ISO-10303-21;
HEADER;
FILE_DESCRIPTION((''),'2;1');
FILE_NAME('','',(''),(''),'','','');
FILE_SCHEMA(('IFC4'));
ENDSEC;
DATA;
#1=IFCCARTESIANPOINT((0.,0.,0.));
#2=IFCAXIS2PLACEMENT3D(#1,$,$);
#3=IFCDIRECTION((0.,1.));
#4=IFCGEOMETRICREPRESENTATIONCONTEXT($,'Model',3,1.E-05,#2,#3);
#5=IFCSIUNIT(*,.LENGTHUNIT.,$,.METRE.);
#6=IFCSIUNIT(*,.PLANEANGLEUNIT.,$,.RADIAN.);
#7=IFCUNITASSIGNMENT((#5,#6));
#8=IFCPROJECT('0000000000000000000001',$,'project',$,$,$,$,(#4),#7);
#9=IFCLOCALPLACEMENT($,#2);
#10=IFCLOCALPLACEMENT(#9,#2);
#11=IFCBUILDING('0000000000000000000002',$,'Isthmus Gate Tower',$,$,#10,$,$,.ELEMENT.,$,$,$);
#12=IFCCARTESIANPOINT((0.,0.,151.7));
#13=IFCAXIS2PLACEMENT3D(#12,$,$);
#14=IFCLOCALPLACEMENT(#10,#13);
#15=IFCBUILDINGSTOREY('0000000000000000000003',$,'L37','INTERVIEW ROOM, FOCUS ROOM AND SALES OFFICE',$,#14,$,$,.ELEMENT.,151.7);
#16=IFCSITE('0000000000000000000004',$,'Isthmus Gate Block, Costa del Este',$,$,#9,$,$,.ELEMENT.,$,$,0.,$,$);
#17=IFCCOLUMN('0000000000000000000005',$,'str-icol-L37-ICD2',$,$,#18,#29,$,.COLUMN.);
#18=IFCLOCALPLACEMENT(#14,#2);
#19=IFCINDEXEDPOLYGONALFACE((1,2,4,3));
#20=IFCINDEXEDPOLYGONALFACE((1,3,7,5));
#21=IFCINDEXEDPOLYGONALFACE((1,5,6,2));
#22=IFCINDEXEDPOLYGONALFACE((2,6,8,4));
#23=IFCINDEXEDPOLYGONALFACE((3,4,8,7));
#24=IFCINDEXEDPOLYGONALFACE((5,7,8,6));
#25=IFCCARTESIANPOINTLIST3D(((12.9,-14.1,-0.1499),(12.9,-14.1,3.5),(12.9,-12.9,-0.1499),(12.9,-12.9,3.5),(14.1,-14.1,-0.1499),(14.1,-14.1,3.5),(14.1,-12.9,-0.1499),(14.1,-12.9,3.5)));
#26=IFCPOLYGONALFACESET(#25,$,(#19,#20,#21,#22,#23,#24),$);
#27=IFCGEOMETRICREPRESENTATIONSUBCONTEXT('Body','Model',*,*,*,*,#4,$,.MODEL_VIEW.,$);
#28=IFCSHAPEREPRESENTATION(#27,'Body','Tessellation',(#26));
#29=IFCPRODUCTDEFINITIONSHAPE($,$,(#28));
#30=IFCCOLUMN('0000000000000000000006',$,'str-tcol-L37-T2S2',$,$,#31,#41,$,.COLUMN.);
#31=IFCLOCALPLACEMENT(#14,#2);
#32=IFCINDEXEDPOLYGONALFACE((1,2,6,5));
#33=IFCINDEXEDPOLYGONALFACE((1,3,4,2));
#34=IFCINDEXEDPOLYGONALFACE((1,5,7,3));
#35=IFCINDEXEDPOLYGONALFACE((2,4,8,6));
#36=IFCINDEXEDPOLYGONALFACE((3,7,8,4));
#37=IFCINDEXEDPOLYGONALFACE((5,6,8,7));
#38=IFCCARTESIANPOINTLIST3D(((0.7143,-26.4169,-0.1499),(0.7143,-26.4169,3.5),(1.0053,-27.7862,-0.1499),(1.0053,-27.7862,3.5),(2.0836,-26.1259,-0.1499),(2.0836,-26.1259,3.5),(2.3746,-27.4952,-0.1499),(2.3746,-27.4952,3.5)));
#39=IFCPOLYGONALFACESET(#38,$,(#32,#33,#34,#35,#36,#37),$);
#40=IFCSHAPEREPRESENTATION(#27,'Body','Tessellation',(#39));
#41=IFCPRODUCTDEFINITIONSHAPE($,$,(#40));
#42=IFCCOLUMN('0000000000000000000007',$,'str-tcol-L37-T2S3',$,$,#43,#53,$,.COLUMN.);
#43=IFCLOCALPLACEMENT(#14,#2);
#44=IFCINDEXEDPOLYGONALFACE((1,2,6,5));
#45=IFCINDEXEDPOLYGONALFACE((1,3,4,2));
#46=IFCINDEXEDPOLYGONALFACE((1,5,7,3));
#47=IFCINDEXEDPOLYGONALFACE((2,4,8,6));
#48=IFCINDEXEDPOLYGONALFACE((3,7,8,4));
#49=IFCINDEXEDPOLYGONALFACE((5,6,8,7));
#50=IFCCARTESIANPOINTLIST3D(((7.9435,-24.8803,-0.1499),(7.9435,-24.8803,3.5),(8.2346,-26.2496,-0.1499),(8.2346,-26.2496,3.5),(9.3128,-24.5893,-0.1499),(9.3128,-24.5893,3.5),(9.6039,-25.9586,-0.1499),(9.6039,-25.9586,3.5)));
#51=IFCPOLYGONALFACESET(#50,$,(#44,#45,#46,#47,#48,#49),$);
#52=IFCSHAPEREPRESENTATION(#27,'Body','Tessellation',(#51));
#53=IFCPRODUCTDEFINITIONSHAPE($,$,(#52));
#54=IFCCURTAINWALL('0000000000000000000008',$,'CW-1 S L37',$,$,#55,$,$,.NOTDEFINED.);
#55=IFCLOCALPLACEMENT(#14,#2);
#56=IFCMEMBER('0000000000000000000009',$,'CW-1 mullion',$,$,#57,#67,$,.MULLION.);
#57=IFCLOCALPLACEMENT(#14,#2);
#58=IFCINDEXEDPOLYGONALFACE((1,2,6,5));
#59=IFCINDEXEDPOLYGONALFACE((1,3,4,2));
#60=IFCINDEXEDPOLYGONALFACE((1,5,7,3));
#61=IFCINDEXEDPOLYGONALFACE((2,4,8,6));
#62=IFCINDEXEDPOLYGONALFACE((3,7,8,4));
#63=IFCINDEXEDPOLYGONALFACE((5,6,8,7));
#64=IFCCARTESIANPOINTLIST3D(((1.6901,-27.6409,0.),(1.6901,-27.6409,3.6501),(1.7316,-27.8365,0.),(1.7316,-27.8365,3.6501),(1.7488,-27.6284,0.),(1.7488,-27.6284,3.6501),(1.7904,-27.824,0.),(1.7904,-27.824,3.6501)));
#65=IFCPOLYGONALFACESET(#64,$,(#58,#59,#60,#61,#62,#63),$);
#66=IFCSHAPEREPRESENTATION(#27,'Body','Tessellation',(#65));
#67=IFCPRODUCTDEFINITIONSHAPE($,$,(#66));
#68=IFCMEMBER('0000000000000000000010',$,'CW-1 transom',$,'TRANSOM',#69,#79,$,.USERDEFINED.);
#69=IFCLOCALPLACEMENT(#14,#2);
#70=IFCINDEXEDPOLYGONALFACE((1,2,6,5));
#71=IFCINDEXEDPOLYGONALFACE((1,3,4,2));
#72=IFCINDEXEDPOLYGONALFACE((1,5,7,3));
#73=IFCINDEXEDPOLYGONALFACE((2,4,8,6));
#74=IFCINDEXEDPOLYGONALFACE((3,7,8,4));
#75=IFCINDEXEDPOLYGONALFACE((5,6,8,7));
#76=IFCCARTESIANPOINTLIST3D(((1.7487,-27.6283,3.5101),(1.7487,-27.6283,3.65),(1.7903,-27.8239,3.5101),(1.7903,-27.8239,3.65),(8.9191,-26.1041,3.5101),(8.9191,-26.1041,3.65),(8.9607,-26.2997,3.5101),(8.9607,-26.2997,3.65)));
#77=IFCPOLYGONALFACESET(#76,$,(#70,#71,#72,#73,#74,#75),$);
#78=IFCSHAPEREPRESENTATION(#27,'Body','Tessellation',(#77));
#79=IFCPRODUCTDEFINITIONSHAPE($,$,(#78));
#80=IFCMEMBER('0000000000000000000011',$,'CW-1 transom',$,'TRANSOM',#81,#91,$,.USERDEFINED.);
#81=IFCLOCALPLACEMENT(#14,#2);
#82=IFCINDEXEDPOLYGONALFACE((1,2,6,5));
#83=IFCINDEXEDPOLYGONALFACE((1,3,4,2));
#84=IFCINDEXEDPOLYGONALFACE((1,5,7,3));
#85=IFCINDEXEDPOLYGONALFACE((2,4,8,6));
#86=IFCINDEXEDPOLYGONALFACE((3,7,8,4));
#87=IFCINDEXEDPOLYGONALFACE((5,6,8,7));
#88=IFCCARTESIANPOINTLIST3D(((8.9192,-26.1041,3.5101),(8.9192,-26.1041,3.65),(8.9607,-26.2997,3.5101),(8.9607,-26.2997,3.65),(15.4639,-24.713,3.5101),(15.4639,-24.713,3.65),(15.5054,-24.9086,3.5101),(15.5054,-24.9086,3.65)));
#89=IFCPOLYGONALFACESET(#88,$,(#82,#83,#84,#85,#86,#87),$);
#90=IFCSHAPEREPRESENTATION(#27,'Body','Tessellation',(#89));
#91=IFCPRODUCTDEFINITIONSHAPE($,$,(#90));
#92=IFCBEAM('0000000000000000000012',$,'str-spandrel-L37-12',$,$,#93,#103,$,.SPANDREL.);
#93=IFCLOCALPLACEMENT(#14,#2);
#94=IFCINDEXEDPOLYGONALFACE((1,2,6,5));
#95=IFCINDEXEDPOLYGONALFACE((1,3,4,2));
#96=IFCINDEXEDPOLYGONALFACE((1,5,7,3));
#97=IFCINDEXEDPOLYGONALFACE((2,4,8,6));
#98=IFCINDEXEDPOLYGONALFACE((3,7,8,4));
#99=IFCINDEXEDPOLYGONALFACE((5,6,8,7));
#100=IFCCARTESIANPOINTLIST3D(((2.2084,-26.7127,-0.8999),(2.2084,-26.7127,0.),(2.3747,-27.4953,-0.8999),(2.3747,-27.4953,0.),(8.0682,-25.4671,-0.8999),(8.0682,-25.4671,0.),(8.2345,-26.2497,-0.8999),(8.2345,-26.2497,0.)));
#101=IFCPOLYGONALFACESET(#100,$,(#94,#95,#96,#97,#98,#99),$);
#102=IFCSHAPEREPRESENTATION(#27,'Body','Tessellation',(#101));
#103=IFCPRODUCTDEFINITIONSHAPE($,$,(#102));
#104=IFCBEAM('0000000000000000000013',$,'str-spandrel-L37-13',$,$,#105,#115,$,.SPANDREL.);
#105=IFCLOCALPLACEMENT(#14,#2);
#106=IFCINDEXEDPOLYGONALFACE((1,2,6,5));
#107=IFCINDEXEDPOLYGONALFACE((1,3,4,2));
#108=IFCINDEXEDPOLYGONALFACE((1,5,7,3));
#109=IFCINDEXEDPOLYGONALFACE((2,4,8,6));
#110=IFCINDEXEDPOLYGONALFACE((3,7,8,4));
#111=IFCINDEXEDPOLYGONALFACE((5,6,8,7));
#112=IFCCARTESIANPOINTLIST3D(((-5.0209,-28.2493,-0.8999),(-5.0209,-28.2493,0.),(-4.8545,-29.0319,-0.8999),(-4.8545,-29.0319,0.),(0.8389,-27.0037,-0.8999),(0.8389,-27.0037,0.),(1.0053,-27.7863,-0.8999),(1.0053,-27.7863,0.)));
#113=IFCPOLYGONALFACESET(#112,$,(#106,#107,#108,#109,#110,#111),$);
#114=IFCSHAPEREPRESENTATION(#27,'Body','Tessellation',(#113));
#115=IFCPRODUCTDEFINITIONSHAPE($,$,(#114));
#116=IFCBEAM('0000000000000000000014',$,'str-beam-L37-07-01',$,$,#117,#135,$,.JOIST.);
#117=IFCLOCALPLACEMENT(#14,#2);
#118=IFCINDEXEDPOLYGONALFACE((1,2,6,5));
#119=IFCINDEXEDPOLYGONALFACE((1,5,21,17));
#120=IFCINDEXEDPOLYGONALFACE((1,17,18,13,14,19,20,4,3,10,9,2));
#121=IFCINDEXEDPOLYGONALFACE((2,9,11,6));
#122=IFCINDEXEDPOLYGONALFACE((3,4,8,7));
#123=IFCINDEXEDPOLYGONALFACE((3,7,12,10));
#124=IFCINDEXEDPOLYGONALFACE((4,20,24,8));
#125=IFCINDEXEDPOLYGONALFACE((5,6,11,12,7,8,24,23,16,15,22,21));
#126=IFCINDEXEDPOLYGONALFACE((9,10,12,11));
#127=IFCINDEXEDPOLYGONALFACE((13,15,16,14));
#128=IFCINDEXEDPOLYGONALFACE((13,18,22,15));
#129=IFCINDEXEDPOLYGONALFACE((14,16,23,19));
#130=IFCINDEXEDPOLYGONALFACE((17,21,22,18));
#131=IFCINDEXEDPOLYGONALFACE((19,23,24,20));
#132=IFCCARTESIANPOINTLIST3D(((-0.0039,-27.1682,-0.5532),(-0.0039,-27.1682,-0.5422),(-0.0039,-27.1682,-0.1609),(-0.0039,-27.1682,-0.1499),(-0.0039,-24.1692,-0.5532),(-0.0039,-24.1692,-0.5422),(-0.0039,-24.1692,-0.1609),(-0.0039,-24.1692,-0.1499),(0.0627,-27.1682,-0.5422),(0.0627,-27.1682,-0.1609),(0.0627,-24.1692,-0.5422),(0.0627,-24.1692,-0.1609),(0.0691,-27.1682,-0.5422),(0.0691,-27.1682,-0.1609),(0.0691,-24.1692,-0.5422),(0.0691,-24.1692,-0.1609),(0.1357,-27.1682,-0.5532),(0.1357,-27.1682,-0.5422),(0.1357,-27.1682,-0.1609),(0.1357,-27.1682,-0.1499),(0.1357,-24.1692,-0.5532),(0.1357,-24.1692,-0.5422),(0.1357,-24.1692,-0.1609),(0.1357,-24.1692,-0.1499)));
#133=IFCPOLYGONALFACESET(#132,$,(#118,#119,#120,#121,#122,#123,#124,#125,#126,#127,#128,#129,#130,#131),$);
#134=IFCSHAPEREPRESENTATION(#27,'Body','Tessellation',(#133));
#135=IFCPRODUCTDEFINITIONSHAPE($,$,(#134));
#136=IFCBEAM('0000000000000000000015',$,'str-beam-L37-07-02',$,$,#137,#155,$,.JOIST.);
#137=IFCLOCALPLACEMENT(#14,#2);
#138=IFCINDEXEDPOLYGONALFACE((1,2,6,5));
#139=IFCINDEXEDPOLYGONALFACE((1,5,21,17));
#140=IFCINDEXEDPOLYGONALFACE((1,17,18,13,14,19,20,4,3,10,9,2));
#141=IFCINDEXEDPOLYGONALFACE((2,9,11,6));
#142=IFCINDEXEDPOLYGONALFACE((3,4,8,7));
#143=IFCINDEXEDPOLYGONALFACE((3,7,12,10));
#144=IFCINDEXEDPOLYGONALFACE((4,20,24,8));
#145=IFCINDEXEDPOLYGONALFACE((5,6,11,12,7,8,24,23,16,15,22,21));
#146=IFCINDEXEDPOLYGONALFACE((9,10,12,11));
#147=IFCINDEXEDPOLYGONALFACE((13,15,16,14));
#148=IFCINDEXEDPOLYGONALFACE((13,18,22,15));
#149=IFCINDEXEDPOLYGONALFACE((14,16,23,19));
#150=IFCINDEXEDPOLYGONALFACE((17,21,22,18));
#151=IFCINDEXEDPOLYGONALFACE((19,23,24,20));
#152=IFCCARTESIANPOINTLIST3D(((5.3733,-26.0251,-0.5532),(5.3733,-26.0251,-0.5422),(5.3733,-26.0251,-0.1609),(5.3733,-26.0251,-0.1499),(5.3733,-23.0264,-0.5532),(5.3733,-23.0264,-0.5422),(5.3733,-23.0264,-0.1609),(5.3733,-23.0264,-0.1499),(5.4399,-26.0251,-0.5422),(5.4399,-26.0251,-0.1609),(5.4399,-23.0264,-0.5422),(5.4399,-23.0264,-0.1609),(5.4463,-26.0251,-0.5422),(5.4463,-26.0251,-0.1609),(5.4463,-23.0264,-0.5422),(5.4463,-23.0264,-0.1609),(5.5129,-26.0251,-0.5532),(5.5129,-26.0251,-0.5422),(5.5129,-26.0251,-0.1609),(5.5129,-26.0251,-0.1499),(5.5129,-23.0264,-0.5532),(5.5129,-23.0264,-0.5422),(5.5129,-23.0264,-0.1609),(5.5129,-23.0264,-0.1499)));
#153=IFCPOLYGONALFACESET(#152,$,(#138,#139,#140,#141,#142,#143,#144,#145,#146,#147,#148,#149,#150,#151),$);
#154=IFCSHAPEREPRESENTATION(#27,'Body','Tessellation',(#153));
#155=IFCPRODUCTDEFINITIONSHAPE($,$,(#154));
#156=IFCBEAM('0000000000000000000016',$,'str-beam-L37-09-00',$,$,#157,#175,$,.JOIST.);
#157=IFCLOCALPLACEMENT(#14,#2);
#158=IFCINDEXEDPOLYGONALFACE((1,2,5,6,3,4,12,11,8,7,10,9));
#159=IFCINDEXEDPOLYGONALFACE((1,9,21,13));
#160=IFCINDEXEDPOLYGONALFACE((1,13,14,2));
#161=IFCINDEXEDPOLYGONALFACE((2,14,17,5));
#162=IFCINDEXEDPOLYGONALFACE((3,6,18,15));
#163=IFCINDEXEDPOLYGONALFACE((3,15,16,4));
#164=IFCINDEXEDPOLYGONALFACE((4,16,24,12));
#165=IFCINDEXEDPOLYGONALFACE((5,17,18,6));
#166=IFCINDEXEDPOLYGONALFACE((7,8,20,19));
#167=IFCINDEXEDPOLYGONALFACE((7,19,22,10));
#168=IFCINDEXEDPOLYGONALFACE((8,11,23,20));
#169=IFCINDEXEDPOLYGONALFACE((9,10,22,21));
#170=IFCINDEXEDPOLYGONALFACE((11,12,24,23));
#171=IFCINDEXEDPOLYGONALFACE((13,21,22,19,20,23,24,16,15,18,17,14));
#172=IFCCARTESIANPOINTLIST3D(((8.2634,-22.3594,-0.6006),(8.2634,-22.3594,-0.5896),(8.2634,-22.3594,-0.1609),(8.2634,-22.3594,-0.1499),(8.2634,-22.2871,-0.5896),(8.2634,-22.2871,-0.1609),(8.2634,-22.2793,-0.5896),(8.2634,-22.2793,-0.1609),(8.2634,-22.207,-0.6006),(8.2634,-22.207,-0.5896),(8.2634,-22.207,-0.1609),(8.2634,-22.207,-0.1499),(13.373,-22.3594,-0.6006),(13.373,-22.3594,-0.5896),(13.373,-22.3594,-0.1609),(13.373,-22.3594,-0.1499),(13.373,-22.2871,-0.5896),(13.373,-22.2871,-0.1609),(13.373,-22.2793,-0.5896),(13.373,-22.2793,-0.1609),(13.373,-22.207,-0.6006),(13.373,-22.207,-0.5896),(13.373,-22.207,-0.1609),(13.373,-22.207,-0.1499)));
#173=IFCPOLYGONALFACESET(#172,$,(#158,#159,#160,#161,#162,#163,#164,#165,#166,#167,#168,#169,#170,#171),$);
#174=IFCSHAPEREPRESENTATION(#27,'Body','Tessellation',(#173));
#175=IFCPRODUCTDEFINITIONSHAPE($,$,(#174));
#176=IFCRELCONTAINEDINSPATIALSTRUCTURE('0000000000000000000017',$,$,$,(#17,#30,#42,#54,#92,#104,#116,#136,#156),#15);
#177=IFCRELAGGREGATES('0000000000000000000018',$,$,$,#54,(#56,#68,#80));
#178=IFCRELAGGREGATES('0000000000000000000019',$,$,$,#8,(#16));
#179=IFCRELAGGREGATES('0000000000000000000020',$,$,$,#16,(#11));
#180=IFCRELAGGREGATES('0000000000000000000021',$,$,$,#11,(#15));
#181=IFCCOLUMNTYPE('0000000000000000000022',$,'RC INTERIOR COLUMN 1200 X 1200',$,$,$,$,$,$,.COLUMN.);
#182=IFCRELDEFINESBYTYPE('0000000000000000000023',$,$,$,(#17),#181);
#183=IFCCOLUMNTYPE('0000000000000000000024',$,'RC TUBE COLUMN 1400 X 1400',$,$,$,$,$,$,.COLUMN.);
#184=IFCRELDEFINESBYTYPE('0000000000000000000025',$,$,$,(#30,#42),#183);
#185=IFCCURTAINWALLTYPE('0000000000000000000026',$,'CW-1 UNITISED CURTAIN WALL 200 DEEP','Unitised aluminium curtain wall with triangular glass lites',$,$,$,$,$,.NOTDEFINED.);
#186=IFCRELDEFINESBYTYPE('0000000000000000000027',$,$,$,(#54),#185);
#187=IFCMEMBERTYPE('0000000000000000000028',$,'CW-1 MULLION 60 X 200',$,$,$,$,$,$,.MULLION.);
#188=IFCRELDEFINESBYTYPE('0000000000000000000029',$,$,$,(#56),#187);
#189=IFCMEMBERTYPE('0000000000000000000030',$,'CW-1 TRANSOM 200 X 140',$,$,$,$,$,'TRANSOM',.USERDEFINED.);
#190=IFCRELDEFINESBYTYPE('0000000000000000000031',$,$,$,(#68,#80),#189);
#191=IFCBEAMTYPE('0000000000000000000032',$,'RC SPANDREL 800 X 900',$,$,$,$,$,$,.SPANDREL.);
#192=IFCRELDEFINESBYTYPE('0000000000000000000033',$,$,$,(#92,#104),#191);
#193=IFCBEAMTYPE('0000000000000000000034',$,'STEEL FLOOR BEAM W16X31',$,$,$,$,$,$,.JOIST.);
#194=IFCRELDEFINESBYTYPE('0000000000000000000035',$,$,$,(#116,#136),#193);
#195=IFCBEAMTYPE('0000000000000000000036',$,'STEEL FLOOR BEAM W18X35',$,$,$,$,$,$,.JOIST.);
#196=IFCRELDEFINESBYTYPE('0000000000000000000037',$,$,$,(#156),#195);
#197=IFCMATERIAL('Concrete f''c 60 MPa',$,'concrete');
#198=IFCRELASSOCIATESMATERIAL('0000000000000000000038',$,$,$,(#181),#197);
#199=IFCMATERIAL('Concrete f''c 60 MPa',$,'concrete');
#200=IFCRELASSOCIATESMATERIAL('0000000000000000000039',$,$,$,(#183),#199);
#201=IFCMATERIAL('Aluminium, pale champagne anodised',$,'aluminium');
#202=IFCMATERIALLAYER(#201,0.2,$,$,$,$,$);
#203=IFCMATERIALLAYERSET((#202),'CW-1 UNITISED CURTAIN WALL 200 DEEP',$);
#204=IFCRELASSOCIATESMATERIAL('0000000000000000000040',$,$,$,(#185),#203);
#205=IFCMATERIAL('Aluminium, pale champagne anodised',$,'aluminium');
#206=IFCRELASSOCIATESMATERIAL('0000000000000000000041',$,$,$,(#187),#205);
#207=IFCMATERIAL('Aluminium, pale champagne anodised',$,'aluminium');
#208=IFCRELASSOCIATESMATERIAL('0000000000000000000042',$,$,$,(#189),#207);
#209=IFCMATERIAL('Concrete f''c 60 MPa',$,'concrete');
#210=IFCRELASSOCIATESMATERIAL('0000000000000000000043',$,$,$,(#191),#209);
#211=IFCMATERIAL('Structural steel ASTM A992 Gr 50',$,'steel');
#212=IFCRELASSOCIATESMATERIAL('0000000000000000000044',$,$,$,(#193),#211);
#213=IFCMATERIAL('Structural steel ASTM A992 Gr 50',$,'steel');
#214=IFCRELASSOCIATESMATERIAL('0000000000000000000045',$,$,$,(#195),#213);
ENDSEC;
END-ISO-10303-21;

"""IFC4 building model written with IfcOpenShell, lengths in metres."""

from ifc_helpers import new_model, si_unit, direction, frame, origin, origin_2d, place, context, subcontext, project, spatial, rectangle, i_section, extrude, material, layer, layer_set, material_profile, profile_set, type_object, element, aggregate, save


model = new_model("IFC4")

# Units and contexts
model_context = context("Model", 3, precision=1e-05, world=origin(), true_north=direction((0.0, 1.0)))
body_context = subcontext(model_context, "Body", "Model", "MODEL_VIEW")
ifc_project = project(units=[si_unit("LENGTHUNIT", "METRE"), si_unit("PLANEANGLEUNIT", "RADIAN")], contexts=[model_context])

# Site, building, storey
site_placement = place(None, origin())
site = spatial("IfcSite", under=ifc_project, at=site_placement, Name="Isthmus Gate Block, Costa del Este", CompositionType="ELEMENT", RefElevation=0.0)
building_placement = place(site_placement, origin())
building = spatial("IfcBuilding", under=site, at=building_placement, Name="Isthmus Gate Tower", CompositionType="ELEMENT")
storey_placement = place(building_placement, frame((0.0, 0.0, 151.7)))
storey = spatial("IfcBuildingStorey", under=building, at=storey_placement, Name="L37", Description="INTERVIEW ROOM, FOCUS ROOM AND SALES OFFICE", CompositionType="ELEMENT", Elevation=151.7)

# Columns
ifc_material_1 = material(Name="Concrete f'c 60 MPa", Category="concrete")
ifc_material_profile_1 = material_profile(ifc_material_1, rectangle(XDim=1.2, YDim=1.2, at=origin_2d()), Name="RC 1200X1200")
ifc_profile_set_1 = profile_set([ifc_material_profile_1], Name="Concrete f'c 60 MPa")
column_type_1 = type_object("IfcColumnType", Name="RC INTERIOR COLUMN 1200 X 1200", PredefinedType="COLUMN", material=ifc_profile_set_1)
column_placement = place(storey_placement, frame((13.5, -13.5, -0.1499), z_axis=(0.0, 0.0, 1.0), x_axis=(1.0, 0.0, 0.0)))
element("IfcColumn", 1, at=column_placement, inside=storey, type_object=column_type_1, Name="str-icol-L37-ICD2", PredefinedType="COLUMN", context=body_context, shape_type="SweptSolid", body=[
    extrude(rectangle(XDim=1.2, YDim=1.2, at=origin_2d()), origin(), (0.0, 0.0, 1.0), 3.6499),
])
ifc_material_2 = material(Name="Concrete f'c 60 MPa", Category="concrete")
ifc_material_profile_2 = material_profile(ifc_material_2, rectangle(XDim=1.3999, YDim=1.3999, at=origin_2d()), Name="RC 1400X1400")
ifc_profile_set_2 = profile_set([ifc_material_profile_2], Name="Concrete f'c 60 MPa")
column_type_2 = type_object("IfcColumnType", Name="RC TUBE COLUMN 1400 X 1400", PredefinedType="COLUMN", material=ifc_profile_set_2)
for number, where, z_axis, x_axis, name in (
    (2, (1.5444, -26.9561, -0.1499), (0.0, 0.0, 1.0), (0.978148, 0.207912, 0.0), "str-tcol-L37-T2S2"),
    (3, (8.7737, -25.4194, -0.1499), (0.0, 0.0, 1.0), (0.978148, 0.207912, 0.0), "str-tcol-L37-T2S3"),
):
    element("IfcColumn", number, at=place(storey_placement, frame(where, z_axis=z_axis, x_axis=x_axis)), inside=storey, type_object=column_type_2, Name=name, PredefinedType="COLUMN", context=body_context, shape_type="SweptSolid", body=[
        extrude(rectangle(XDim=1.3999, YDim=1.3999, at=origin_2d()), origin(), (0.0, 0.0, 1.0), 3.6499),
    ])

# Curtain wall, members
ifc_material_3 = material(Name="Aluminium, pale champagne anodised", Category="aluminium")
ifc_layer_1 = layer(ifc_material_3, 0.2)
ifc_layer_set_1 = layer_set([ifc_layer_1], Name="CW-1 UNITISED CURTAIN WALL 200 DEEP")
curtain_wall_type = type_object("IfcCurtainWallType", Name="CW-1 UNITISED CURTAIN WALL 200 DEEP", Description="Unitised aluminium curtain wall with triangular glass lites", PredefinedType="NOTDEFINED", material=ifc_layer_set_1)
curtain_wall_placement = place(storey_placement, origin())
curtain_wall = element("IfcCurtainWall", 4, at=curtain_wall_placement, inside=storey, type_object=curtain_wall_type, Name="CW-1 S L37", PredefinedType="NOTDEFINED")
ifc_material_4 = material(Name="Aluminium, pale champagne anodised", Category="aluminium")
ifc_material_profile_3 = material_profile(ifc_material_4, rectangle(XDim=0.0601, YDim=0.2, at=origin_2d()), Name="60x200")
ifc_profile_set_3 = profile_set([ifc_material_profile_3], Name="Aluminium, pale champagne anodised")
member_type_1 = type_object("IfcMemberType", Name="CW-1 MULLION 60 X 200", PredefinedType="MULLION", material=ifc_profile_set_3)
member_1_placement = place(storey_placement, frame((1.7402, -27.7324, 0.0), z_axis=(0.0, 0.0, 1.0), x_axis=(0.978148, 0.207912, 0.0)))
member_1 = element("IfcMember", 5, at=member_1_placement, type_object=member_type_1, Name="CW-1 mullion", PredefinedType="MULLION", context=body_context, shape_type="SweptSolid", body=[
    extrude(rectangle(XDim=0.0601, YDim=0.2, at=origin_2d()), origin(), (0.0, 0.0, 1.0), 3.6501),
])
ifc_material_5 = material(Name="Aluminium, pale champagne anodised", Category="aluminium")
ifc_material_profile_4 = material_profile(ifc_material_5, rectangle(XDim=0.2, YDim=0.1399, at=origin_2d()), Name="200x140")
ifc_profile_set_4 = profile_set([ifc_material_profile_4], Name="Aluminium, pale champagne anodised")
member_type_2 = type_object("IfcMemberType", Name="CW-1 TRANSOM 200 X 140", ElementType="TRANSOM", PredefinedType="USERDEFINED", material=ifc_profile_set_4)
member_2_placement = place(storey_placement, frame((1.7695, -27.7261, 3.5801), z_axis=(0.978146, 0.207919, 0.0), x_axis=(-0.207919, 0.978146, 0.0)))
member_2 = element("IfcMember", 6, at=member_2_placement, type_object=member_type_2, Name="CW-1 transom", ObjectType="TRANSOM", PredefinedType="USERDEFINED", context=body_context, shape_type="SweptSolid", body=[
    extrude(rectangle(XDim=0.2, YDim=0.1399, at=origin_2d()), origin(), (0.0, 0.0, 1.0), 7.3306),
])
member_3_placement = place(storey_placement, frame((8.9399, -26.2019, 3.5801), z_axis=(0.978148, 0.207912, 0.0), x_axis=(-0.207912, 0.978148, 0.0)))
member_3 = element("IfcMember", 7, at=member_3_placement, type_object=member_type_2, Name="CW-1 transom", ObjectType="TRANSOM", PredefinedType="USERDEFINED", context=body_context, shape_type="SweptSolid", body=[
    extrude(rectangle(XDim=0.2, YDim=0.1399, at=origin_2d()), origin(), (0.0, 0.0, 1.0), 6.6909),
])

# Beams
ifc_material_6 = material(Name="Concrete f'c 60 MPa", Category="concrete")
ifc_material_profile_5 = material_profile(ifc_material_6, rectangle(XDim=0.8, YDim=0.8999, at=origin_2d()), Name="RC 800X900")
ifc_profile_set_5 = profile_set([ifc_material_profile_5], Name="Concrete f'c 60 MPa")
beam_type_1 = type_object("IfcBeamType", Name="RC SPANDREL 800 X 900", PredefinedType="SPANDREL", material=ifc_profile_set_5)
for number, where, z_axis, x_axis, name in (
    (8, (8.1514, -25.8584, -0.45), (-0.978146, -0.20792, 0.0), (0.20792, -0.978146, 0.0), "str-spandrel-L37-12"),
    (9, (0.9221, -27.395, -0.45), (-0.978146, -0.20792, 0.0), (0.20792, -0.978146, 0.0), "str-spandrel-L37-13"),
):
    element("IfcBeam", number, at=place(storey_placement, frame(where, z_axis=z_axis, x_axis=x_axis)), inside=storey, type_object=beam_type_1, Name=name, PredefinedType="SPANDREL", context=body_context, shape_type="SweptSolid", body=[
        extrude(rectangle(XDim=0.8, YDim=0.8999, at=origin_2d()), origin(), (0.0, 0.0, 1.0), 5.9907),
    ])
ifc_material_7 = material(Name="Structural steel ASTM A992 Gr 50", Category="steel")
ifc_material_profile_6 = material_profile(ifc_material_7, i_section(OverallWidth=0.1396, OverallDepth=0.4033, WebThickness=0.0063, FlangeThickness=0.011, at=origin_2d()), Name="W16X31")
ifc_profile_set_6 = profile_set([ifc_material_profile_6], Name="Structural steel ASTM A992 Gr 50")
beam_type_2 = type_object("IfcBeamType", Name="STEEL FLOOR BEAM W16X31", PredefinedType="JOIST", material=ifc_profile_set_6)
beam_1_placement = place(storey_placement, frame((0.0659, -27.1682, -0.3516), z_axis=(0.0, 1.0, 0.0), x_axis=(-1.0, 0.0, 0.0)))
element("IfcBeam", 10, at=beam_1_placement, inside=storey, type_object=beam_type_2, Name="str-beam-L37-07-01", PredefinedType="JOIST", context=body_context, shape_type="SweptSolid", body=[
    extrude(i_section(OverallWidth=0.1396, OverallDepth=0.4033, WebThickness=0.0063, FlangeThickness=0.011, at=origin_2d()), origin(), (0.0, 0.0, 1.0), 2.999),
])
beam_2_placement = place(storey_placement, frame((5.4431, -26.0251, -0.3516), z_axis=(0.0, 1.0, 0.0), x_axis=(-1.0, 0.0, 0.0)))
element("IfcBeam", 11, at=beam_2_placement, inside=storey, type_object=beam_type_2, Name="str-beam-L37-07-02", PredefinedType="JOIST", context=body_context, shape_type="SweptSolid", body=[
    extrude(i_section(OverallWidth=0.1396, OverallDepth=0.4033, WebThickness=0.0063, FlangeThickness=0.011, at=origin_2d()), origin(), (0.0, 0.0, 1.0), 2.9988),
])
ifc_material_8 = material(Name="Structural steel ASTM A992 Gr 50", Category="steel")
ifc_material_profile_7 = material_profile(ifc_material_8, i_section(OverallWidth=0.1523, OverallDepth=0.4507, WebThickness=0.0078, FlangeThickness=0.011, at=origin_2d()), Name="W18X35")
ifc_profile_set_7 = profile_set([ifc_material_profile_7], Name="Structural steel ASTM A992 Gr 50")
beam_type_3 = type_object("IfcBeamType", Name="STEEL FLOOR BEAM W18X35", PredefinedType="JOIST", material=ifc_profile_set_7)
for number, where, z_axis, x_axis, name in (
    (12, (8.2634, -22.2832, -0.3752), (1.0, 0.0, 0.0), (0.0, 1.0, 0.0), "str-beam-L37-09-00"),
):
    element("IfcBeam", number, at=place(storey_placement, frame(where, z_axis=z_axis, x_axis=x_axis)), inside=storey, type_object=beam_type_3, Name=name, PredefinedType="JOIST", context=body_context, shape_type="SweptSolid", body=[
        extrude(i_section(OverallWidth=0.1523, OverallDepth=0.4507, WebThickness=0.0078, FlangeThickness=0.011, at=origin_2d()), origin(), (0.0, 0.0, 1.0), 5.1096),
    ])

aggregate(curtain_wall, [member_1, member_2, member_3])

save(model, "model.ifc")
